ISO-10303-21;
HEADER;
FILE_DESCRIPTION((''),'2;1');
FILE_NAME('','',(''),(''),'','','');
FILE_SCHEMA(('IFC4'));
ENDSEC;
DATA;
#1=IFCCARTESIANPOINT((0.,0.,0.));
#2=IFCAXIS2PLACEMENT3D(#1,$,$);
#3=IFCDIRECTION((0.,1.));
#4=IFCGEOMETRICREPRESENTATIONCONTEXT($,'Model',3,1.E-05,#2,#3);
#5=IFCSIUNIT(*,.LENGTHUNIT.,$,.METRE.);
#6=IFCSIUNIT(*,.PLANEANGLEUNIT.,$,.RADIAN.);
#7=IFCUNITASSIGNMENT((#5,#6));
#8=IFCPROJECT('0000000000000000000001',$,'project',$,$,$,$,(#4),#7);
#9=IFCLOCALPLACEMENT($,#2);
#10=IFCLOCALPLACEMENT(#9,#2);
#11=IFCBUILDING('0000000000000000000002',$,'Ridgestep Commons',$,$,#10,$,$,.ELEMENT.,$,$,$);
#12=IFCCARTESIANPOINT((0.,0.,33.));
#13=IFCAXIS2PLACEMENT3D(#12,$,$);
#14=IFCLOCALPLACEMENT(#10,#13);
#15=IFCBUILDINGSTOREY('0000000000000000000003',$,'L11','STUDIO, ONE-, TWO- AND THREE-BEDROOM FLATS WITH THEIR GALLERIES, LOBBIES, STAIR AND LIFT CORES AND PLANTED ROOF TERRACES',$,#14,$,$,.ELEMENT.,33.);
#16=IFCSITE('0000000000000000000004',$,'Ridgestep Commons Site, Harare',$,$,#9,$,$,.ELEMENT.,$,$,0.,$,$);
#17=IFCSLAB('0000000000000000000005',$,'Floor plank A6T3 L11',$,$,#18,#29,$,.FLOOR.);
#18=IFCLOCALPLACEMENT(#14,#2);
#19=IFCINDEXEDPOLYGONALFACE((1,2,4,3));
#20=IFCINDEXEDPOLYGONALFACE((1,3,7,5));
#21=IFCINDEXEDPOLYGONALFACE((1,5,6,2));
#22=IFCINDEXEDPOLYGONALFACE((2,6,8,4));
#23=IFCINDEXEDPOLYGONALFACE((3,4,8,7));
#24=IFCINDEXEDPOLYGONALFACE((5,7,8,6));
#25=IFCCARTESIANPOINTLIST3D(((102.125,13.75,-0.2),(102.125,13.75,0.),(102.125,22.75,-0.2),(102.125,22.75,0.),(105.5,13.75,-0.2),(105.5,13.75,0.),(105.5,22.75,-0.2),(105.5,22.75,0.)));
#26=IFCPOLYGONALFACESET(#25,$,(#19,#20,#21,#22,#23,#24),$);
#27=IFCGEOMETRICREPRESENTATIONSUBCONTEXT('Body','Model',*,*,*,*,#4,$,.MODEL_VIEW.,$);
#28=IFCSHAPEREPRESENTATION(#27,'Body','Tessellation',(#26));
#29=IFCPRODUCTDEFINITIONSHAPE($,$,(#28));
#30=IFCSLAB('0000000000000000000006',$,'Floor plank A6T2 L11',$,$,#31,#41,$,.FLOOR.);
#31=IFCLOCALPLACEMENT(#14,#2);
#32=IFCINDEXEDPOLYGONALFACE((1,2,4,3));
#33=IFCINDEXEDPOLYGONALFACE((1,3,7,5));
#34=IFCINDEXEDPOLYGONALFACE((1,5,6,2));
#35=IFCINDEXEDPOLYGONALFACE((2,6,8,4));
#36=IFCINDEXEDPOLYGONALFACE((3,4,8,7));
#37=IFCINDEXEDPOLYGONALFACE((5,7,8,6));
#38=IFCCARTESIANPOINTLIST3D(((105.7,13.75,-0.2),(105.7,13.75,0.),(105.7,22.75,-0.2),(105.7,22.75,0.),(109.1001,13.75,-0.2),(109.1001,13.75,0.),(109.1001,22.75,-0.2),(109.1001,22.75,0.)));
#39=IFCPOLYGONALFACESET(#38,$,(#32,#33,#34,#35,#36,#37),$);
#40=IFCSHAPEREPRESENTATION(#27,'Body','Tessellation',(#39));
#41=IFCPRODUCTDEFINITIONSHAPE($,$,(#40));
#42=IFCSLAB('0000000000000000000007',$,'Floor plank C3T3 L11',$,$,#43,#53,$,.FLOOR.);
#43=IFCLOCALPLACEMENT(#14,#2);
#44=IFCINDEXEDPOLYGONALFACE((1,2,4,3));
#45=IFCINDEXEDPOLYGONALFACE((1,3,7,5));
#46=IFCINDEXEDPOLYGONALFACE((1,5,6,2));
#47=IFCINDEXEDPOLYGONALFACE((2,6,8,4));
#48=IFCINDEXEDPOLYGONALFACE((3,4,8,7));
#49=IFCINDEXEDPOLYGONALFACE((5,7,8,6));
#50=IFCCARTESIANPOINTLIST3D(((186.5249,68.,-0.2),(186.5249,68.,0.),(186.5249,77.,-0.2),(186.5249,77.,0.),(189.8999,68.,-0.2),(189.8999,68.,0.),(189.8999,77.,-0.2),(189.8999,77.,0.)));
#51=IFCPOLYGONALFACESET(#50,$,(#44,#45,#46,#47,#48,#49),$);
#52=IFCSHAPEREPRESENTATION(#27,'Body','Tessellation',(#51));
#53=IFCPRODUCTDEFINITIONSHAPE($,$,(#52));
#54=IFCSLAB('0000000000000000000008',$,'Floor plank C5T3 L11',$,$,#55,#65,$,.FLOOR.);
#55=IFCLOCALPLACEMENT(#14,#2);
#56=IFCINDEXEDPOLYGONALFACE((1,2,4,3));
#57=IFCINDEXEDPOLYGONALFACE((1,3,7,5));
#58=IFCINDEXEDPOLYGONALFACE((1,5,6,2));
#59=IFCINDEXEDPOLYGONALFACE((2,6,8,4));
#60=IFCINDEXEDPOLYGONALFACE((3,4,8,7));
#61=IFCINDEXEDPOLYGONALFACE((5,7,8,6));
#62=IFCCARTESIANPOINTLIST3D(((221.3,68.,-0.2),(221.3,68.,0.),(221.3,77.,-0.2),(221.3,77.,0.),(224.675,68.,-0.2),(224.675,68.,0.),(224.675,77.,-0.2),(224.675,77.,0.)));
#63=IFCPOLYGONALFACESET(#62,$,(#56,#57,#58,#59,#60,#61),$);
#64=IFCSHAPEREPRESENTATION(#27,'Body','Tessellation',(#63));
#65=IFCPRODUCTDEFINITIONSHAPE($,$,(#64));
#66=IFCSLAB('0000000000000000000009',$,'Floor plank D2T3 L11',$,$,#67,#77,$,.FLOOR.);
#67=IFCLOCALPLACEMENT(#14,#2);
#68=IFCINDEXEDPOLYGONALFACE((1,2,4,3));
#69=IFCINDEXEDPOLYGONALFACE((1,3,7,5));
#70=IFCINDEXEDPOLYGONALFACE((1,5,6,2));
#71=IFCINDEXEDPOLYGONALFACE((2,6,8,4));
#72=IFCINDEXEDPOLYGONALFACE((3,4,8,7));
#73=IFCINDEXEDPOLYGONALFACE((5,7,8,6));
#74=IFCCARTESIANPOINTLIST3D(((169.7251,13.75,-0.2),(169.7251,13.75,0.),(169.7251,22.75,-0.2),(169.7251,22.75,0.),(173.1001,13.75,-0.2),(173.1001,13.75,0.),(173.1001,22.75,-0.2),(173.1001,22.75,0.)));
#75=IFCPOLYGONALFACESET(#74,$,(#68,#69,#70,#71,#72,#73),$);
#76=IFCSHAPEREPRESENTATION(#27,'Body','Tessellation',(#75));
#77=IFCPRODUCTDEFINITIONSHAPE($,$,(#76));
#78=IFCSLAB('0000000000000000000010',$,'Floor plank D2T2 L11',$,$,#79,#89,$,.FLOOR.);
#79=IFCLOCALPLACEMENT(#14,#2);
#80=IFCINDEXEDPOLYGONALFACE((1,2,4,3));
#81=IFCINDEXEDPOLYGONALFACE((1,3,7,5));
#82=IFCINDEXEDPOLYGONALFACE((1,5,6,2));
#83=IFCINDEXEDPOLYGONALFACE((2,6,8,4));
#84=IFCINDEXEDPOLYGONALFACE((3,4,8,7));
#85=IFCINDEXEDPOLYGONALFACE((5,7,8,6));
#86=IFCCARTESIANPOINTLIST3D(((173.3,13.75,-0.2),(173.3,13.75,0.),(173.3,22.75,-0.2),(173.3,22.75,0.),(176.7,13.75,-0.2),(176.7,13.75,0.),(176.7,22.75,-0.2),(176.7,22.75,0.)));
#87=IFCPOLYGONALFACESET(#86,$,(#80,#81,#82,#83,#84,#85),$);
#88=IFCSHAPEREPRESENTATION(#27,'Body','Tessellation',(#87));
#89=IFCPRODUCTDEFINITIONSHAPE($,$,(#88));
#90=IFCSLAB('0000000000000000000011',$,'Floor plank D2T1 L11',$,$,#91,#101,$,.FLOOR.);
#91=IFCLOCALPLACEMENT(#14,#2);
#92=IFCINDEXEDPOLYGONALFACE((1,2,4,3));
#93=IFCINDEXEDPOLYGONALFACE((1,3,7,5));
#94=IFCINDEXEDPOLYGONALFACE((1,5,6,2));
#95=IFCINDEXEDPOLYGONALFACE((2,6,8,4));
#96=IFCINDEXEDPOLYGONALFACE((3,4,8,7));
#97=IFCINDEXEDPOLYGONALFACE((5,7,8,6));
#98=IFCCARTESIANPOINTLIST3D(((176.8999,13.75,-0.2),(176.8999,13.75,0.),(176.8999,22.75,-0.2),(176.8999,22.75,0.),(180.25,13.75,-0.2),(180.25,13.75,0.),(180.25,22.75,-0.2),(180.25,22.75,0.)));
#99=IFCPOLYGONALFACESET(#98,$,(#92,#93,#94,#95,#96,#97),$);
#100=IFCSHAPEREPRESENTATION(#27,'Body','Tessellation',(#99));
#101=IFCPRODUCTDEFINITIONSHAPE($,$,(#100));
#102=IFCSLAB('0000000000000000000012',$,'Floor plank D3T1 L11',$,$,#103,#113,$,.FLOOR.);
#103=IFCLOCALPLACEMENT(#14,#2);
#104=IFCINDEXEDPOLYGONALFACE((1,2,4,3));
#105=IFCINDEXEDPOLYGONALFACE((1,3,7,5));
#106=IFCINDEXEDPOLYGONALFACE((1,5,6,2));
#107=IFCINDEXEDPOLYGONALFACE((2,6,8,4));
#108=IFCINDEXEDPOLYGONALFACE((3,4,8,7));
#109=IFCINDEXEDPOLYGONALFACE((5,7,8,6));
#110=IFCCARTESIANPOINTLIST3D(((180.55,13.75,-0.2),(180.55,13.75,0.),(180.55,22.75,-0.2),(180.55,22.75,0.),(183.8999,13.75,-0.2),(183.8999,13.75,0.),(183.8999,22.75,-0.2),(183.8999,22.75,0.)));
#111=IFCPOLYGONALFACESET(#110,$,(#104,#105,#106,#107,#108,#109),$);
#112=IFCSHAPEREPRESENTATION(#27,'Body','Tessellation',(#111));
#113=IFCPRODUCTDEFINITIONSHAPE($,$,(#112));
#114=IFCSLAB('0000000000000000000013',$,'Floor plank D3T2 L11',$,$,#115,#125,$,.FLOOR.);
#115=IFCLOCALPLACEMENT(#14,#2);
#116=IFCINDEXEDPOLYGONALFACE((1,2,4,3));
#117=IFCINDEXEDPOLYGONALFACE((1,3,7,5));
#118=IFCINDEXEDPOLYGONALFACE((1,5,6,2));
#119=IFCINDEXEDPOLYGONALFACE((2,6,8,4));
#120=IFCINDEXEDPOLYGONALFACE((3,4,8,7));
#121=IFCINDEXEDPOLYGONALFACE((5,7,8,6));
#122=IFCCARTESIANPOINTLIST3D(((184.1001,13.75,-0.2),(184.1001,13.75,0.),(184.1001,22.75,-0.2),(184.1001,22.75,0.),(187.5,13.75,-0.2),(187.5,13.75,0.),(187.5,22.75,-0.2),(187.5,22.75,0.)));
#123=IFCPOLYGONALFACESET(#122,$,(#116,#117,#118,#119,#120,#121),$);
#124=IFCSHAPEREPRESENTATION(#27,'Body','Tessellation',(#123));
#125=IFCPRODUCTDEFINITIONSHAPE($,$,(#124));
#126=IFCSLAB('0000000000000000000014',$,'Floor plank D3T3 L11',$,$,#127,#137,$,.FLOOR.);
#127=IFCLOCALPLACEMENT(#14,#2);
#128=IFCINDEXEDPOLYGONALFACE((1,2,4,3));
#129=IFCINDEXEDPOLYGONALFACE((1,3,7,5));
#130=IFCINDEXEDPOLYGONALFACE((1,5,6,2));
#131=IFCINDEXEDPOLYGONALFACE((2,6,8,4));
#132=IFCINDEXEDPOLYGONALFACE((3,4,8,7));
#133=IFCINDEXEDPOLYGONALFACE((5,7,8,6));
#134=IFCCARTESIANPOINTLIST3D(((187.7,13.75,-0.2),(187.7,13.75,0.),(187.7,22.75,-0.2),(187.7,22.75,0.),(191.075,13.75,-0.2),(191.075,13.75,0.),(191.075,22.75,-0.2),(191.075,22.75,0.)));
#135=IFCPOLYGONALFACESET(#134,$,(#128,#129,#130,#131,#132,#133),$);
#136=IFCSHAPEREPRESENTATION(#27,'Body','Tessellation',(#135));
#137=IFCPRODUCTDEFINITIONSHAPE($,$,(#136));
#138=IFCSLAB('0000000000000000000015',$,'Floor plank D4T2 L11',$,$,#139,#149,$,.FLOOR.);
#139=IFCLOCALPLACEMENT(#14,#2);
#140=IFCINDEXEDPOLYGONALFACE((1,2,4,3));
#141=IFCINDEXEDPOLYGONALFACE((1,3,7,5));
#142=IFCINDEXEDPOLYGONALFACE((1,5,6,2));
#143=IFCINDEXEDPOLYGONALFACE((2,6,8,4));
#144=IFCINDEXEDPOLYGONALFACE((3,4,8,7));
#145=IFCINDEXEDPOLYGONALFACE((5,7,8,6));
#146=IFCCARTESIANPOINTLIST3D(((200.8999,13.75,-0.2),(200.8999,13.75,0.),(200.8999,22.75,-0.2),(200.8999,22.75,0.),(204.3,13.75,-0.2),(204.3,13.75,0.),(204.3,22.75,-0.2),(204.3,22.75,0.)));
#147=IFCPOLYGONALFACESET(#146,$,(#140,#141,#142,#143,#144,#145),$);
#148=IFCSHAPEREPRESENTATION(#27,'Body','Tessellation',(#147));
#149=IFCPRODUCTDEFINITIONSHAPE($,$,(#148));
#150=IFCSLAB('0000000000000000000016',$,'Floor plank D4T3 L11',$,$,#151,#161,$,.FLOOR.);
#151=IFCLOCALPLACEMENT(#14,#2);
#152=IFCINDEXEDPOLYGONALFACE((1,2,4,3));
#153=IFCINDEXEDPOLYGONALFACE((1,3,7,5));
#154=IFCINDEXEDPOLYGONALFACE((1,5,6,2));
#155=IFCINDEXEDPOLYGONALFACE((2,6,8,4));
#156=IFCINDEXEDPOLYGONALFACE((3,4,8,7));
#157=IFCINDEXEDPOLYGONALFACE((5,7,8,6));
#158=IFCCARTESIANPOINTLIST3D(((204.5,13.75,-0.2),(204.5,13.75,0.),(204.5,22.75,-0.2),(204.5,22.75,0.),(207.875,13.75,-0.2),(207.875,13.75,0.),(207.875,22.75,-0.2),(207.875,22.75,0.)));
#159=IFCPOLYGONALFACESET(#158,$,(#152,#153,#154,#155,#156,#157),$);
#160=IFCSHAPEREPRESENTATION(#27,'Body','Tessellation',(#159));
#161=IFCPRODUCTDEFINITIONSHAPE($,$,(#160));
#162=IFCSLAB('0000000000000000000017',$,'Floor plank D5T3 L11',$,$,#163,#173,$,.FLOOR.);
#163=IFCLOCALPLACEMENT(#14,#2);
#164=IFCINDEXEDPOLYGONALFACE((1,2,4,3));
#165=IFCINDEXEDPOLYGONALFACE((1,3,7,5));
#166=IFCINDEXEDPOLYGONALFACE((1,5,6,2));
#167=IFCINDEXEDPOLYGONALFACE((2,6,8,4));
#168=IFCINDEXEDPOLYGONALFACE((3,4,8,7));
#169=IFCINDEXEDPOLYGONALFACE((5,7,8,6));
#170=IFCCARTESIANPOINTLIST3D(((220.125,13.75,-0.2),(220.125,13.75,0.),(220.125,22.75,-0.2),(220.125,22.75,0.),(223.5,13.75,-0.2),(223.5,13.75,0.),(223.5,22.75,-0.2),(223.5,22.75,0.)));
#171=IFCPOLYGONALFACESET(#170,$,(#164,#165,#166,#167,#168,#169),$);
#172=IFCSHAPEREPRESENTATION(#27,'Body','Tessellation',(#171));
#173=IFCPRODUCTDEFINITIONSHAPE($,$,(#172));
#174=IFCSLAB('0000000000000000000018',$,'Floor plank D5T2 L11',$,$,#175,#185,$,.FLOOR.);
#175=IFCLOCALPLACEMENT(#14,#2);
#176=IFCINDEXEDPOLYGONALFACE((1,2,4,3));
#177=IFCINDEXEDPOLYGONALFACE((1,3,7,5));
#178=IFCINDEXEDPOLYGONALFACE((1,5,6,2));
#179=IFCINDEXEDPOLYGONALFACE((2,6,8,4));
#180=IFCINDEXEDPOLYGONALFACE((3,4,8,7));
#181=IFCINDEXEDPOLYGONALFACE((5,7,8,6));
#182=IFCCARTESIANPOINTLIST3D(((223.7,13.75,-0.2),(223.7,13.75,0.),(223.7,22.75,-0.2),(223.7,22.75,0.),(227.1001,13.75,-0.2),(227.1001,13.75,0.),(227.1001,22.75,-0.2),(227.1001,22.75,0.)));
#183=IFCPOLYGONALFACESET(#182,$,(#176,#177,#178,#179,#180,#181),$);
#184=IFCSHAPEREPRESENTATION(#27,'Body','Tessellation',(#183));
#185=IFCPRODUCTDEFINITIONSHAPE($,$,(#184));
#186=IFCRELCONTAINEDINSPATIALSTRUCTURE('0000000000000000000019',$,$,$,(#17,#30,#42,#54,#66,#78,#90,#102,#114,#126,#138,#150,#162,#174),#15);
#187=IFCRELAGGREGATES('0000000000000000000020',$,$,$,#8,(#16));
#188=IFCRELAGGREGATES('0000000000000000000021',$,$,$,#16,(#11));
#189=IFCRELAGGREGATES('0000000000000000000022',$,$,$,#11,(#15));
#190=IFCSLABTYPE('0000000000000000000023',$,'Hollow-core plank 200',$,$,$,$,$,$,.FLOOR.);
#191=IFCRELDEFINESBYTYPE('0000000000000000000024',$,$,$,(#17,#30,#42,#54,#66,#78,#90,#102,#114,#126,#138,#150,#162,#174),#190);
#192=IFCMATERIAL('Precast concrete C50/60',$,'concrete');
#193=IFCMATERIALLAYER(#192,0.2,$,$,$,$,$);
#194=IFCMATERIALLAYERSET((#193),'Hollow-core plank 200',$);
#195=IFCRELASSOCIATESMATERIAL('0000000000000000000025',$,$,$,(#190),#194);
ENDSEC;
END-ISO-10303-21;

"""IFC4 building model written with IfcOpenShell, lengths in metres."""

from ifc_helpers import new_model, si_unit, direction, frame, origin, place, context, subcontext, project, spatial, polyline, outline, extrude, material, layer, layer_set, type_object, element, save


model = new_model("IFC4")

# Units and contexts
model_context = context("Model", 3, precision=1e-05, world=origin(), true_north=direction((0.0, 1.0)))
body_context = subcontext(model_context, "Body", "Model", "MODEL_VIEW")
ifc_project = project(units=[si_unit("LENGTHUNIT", "METRE"), si_unit("PLANEANGLEUNIT", "RADIAN")], contexts=[model_context])

# Site, building, storey
site_placement = place(None, origin())
site = spatial("IfcSite", under=ifc_project, at=site_placement, Name="Ridgestep Commons Site, Harare", CompositionType="ELEMENT", RefElevation=0.0)
building_placement = place(site_placement, origin())
building = spatial("IfcBuilding", under=site, at=building_placement, Name="Ridgestep Commons", CompositionType="ELEMENT")
storey_placement = place(building_placement, frame((0.0, 0.0, 33.0)))
storey = spatial("IfcBuildingStorey", under=building, at=storey_placement, Name="L11", Description="STUDIO, ONE-, TWO- AND THREE-BEDROOM FLATS WITH THEIR GALLERIES, LOBBIES, STAIR AND LIFT CORES AND PLANTED ROOF TERRACES", CompositionType="ELEMENT", Elevation=33.0)

# Slabs
ifc_material_1 = material(Name="Precast concrete C50/60", Category="concrete")
ifc_layer_1 = layer(ifc_material_1, 0.2)
ifc_layer_set_1 = layer_set([ifc_layer_1], Name="Hollow-core plank 200")
slab_type_1 = type_object("IfcSlabType", Name="Hollow-core plank 200", PredefinedType="FLOOR", material=ifc_layer_set_1)
slab_1_placement = place(storey_placement, frame((0.0, 0.0, -0.2)))
element("IfcSlab", 1, at=slab_1_placement, inside=storey, type_object=slab_type_1, Name="Floor plank A6T3 L11", PredefinedType="FLOOR", context=body_context, shape_type="SweptSolid", body=[
    extrude(outline(polyline([(105.5, 13.75), (105.5, 22.75), (102.125, 22.75), (102.125, 13.75), (105.5, 13.75)])), origin(), (0.0, 0.0, 1.0), 0.2),
])
slab_2_placement = place(storey_placement, frame((0.0, 0.0, -0.2)))
element("IfcSlab", 2, at=slab_2_placement, inside=storey, type_object=slab_type_1, Name="Floor plank A6T2 L11", PredefinedType="FLOOR", context=body_context, shape_type="SweptSolid", body=[
    extrude(outline(polyline([(109.1001, 13.75), (109.1001, 22.75), (105.7, 22.75), (105.7, 13.75), (109.1001, 13.75)])), origin(), (0.0, 0.0, 1.0), 0.2),
])
slab_3_placement = place(storey_placement, frame((0.0, 0.0, -0.2)))
element("IfcSlab", 3, at=slab_3_placement, inside=storey, type_object=slab_type_1, Name="Floor plank C3T3 L11", PredefinedType="FLOOR", context=body_context, shape_type="SweptSolid", body=[
    extrude(outline(polyline([(189.8999, 68.0), (189.8999, 77.0), (186.5249, 77.0), (186.5249, 68.0), (189.8999, 68.0)])), origin(), (0.0, 0.0, 1.0), 0.2),
])
slab_4_placement = place(storey_placement, frame((0.0, 0.0, -0.2)))
element("IfcSlab", 4, at=slab_4_placement, inside=storey, type_object=slab_type_1, Name="Floor plank C5T3 L11", PredefinedType="FLOOR", context=body_context, shape_type="SweptSolid", body=[
    extrude(outline(polyline([(224.675, 68.0), (224.675, 77.0), (221.3, 77.0), (221.3, 68.0), (224.675, 68.0)])), origin(), (0.0, 0.0, 1.0), 0.2),
])
slab_5_placement = place(storey_placement, frame((0.0, 0.0, -0.2)))
element("IfcSlab", 5, at=slab_5_placement, inside=storey, type_object=slab_type_1, Name="Floor plank D2T3 L11", PredefinedType="FLOOR", context=body_context, shape_type="SweptSolid", body=[
    extrude(outline(polyline([(173.1001, 13.75), (173.1001, 22.75), (169.7251, 22.75), (169.7251, 13.75), (173.1001, 13.75)])), origin(), (0.0, 0.0, 1.0), 0.2),
])
slab_6_placement = place(storey_placement, frame((0.0, 0.0, -0.2)))
element("IfcSlab", 6, at=slab_6_placement, inside=storey, type_object=slab_type_1, Name="Floor plank D2T2 L11", PredefinedType="FLOOR", context=body_context, shape_type="SweptSolid", body=[
    extrude(outline(polyline([(176.7, 13.75), (176.7, 22.75), (173.3, 22.75), (173.3, 13.75), (176.7, 13.75)])), origin(), (0.0, 0.0, 1.0), 0.2),
])
slab_7_placement = place(storey_placement, frame((0.0, 0.0, -0.2)))
element("IfcSlab", 7, at=slab_7_placement, inside=storey, type_object=slab_type_1, Name="Floor plank D2T1 L11", PredefinedType="FLOOR", context=body_context, shape_type="SweptSolid", body=[
    extrude(outline(polyline([(180.25, 13.75), (180.25, 22.75), (176.8999, 22.75), (176.8999, 13.75), (180.25, 13.75)])), origin(), (0.0, 0.0, 1.0), 0.2),
])
slab_8_placement = place(storey_placement, frame((0.0, 0.0, -0.2)))
element("IfcSlab", 8, at=slab_8_placement, inside=storey, type_object=slab_type_1, Name="Floor plank D3T1 L11", PredefinedType="FLOOR", context=body_context, shape_type="SweptSolid", body=[
    extrude(outline(polyline([(183.8999, 13.75), (183.8999, 22.75), (180.55, 22.75), (180.55, 13.75), (183.8999, 13.75)])), origin(), (0.0, 0.0, 1.0), 0.2),
])
slab_9_placement = place(storey_placement, frame((0.0, 0.0, -0.2)))
element("IfcSlab", 9, at=slab_9_placement, inside=storey, type_object=slab_type_1, Name="Floor plank D3T2 L11", PredefinedType="FLOOR", context=body_context, shape_type="SweptSolid", body=[
    extrude(outline(polyline([(187.5, 13.75), (187.5, 22.75), (184.1001, 22.75), (184.1001, 13.75), (187.5, 13.75)])), origin(), (0.0, 0.0, 1.0), 0.2),
])
slab_10_placement = place(storey_placement, frame((0.0, 0.0, -0.2)))
element("IfcSlab", 10, at=slab_10_placement, inside=storey, type_object=slab_type_1, Name="Floor plank D3T3 L11", PredefinedType="FLOOR", context=body_context, shape_type="SweptSolid", body=[
    extrude(outline(polyline([(191.075, 13.75), (191.075, 22.75), (187.7, 22.75), (187.7, 13.75), (191.075, 13.75)])), origin(), (0.0, 0.0, 1.0), 0.2),
])
slab_11_placement = place(storey_placement, frame((0.0, 0.0, -0.2)))
element("IfcSlab", 11, at=slab_11_placement, inside=storey, type_object=slab_type_1, Name="Floor plank D4T2 L11", PredefinedType="FLOOR", context=body_context, shape_type="SweptSolid", body=[
    extrude(outline(polyline([(204.3, 13.75), (204.3, 22.75), (200.8999, 22.75), (200.8999, 13.75), (204.3, 13.75)])), origin(), (0.0, 0.0, 1.0), 0.2),
])
slab_12_placement = place(storey_placement, frame((0.0, 0.0, -0.2)))
element("IfcSlab", 12, at=slab_12_placement, inside=storey, type_object=slab_type_1, Name="Floor plank D4T3 L11", PredefinedType="FLOOR", context=body_context, shape_type="SweptSolid", body=[
    extrude(outline(polyline([(207.875, 13.75), (207.875, 22.75), (204.5, 22.75), (204.5, 13.75), (207.875, 13.75)])), origin(), (0.0, 0.0, 1.0), 0.2),
])
slab_13_placement = place(storey_placement, frame((0.0, 0.0, -0.2)))
element("IfcSlab", 13, at=slab_13_placement, inside=storey, type_object=slab_type_1, Name="Floor plank D5T3 L11", PredefinedType="FLOOR", context=body_context, shape_type="SweptSolid", body=[
    extrude(outline(polyline([(223.5, 13.75), (223.5, 22.75), (220.125, 22.75), (220.125, 13.75), (223.5, 13.75)])), origin(), (0.0, 0.0, 1.0), 0.2),
])
slab_14_placement = place(storey_placement, frame((0.0, 0.0, -0.2)))
element("IfcSlab", 14, at=slab_14_placement, inside=storey, type_object=slab_type_1, Name="Floor plank D5T2 L11", PredefinedType="FLOOR", context=body_context, shape_type="SweptSolid", body=[
    extrude(outline(polyline([(227.1001, 13.75), (227.1001, 22.75), (223.7, 22.75), (223.7, 13.75), (227.1001, 13.75)])), origin(), (0.0, 0.0, 1.0), 0.2),
])

save(model, "model.ifc")
